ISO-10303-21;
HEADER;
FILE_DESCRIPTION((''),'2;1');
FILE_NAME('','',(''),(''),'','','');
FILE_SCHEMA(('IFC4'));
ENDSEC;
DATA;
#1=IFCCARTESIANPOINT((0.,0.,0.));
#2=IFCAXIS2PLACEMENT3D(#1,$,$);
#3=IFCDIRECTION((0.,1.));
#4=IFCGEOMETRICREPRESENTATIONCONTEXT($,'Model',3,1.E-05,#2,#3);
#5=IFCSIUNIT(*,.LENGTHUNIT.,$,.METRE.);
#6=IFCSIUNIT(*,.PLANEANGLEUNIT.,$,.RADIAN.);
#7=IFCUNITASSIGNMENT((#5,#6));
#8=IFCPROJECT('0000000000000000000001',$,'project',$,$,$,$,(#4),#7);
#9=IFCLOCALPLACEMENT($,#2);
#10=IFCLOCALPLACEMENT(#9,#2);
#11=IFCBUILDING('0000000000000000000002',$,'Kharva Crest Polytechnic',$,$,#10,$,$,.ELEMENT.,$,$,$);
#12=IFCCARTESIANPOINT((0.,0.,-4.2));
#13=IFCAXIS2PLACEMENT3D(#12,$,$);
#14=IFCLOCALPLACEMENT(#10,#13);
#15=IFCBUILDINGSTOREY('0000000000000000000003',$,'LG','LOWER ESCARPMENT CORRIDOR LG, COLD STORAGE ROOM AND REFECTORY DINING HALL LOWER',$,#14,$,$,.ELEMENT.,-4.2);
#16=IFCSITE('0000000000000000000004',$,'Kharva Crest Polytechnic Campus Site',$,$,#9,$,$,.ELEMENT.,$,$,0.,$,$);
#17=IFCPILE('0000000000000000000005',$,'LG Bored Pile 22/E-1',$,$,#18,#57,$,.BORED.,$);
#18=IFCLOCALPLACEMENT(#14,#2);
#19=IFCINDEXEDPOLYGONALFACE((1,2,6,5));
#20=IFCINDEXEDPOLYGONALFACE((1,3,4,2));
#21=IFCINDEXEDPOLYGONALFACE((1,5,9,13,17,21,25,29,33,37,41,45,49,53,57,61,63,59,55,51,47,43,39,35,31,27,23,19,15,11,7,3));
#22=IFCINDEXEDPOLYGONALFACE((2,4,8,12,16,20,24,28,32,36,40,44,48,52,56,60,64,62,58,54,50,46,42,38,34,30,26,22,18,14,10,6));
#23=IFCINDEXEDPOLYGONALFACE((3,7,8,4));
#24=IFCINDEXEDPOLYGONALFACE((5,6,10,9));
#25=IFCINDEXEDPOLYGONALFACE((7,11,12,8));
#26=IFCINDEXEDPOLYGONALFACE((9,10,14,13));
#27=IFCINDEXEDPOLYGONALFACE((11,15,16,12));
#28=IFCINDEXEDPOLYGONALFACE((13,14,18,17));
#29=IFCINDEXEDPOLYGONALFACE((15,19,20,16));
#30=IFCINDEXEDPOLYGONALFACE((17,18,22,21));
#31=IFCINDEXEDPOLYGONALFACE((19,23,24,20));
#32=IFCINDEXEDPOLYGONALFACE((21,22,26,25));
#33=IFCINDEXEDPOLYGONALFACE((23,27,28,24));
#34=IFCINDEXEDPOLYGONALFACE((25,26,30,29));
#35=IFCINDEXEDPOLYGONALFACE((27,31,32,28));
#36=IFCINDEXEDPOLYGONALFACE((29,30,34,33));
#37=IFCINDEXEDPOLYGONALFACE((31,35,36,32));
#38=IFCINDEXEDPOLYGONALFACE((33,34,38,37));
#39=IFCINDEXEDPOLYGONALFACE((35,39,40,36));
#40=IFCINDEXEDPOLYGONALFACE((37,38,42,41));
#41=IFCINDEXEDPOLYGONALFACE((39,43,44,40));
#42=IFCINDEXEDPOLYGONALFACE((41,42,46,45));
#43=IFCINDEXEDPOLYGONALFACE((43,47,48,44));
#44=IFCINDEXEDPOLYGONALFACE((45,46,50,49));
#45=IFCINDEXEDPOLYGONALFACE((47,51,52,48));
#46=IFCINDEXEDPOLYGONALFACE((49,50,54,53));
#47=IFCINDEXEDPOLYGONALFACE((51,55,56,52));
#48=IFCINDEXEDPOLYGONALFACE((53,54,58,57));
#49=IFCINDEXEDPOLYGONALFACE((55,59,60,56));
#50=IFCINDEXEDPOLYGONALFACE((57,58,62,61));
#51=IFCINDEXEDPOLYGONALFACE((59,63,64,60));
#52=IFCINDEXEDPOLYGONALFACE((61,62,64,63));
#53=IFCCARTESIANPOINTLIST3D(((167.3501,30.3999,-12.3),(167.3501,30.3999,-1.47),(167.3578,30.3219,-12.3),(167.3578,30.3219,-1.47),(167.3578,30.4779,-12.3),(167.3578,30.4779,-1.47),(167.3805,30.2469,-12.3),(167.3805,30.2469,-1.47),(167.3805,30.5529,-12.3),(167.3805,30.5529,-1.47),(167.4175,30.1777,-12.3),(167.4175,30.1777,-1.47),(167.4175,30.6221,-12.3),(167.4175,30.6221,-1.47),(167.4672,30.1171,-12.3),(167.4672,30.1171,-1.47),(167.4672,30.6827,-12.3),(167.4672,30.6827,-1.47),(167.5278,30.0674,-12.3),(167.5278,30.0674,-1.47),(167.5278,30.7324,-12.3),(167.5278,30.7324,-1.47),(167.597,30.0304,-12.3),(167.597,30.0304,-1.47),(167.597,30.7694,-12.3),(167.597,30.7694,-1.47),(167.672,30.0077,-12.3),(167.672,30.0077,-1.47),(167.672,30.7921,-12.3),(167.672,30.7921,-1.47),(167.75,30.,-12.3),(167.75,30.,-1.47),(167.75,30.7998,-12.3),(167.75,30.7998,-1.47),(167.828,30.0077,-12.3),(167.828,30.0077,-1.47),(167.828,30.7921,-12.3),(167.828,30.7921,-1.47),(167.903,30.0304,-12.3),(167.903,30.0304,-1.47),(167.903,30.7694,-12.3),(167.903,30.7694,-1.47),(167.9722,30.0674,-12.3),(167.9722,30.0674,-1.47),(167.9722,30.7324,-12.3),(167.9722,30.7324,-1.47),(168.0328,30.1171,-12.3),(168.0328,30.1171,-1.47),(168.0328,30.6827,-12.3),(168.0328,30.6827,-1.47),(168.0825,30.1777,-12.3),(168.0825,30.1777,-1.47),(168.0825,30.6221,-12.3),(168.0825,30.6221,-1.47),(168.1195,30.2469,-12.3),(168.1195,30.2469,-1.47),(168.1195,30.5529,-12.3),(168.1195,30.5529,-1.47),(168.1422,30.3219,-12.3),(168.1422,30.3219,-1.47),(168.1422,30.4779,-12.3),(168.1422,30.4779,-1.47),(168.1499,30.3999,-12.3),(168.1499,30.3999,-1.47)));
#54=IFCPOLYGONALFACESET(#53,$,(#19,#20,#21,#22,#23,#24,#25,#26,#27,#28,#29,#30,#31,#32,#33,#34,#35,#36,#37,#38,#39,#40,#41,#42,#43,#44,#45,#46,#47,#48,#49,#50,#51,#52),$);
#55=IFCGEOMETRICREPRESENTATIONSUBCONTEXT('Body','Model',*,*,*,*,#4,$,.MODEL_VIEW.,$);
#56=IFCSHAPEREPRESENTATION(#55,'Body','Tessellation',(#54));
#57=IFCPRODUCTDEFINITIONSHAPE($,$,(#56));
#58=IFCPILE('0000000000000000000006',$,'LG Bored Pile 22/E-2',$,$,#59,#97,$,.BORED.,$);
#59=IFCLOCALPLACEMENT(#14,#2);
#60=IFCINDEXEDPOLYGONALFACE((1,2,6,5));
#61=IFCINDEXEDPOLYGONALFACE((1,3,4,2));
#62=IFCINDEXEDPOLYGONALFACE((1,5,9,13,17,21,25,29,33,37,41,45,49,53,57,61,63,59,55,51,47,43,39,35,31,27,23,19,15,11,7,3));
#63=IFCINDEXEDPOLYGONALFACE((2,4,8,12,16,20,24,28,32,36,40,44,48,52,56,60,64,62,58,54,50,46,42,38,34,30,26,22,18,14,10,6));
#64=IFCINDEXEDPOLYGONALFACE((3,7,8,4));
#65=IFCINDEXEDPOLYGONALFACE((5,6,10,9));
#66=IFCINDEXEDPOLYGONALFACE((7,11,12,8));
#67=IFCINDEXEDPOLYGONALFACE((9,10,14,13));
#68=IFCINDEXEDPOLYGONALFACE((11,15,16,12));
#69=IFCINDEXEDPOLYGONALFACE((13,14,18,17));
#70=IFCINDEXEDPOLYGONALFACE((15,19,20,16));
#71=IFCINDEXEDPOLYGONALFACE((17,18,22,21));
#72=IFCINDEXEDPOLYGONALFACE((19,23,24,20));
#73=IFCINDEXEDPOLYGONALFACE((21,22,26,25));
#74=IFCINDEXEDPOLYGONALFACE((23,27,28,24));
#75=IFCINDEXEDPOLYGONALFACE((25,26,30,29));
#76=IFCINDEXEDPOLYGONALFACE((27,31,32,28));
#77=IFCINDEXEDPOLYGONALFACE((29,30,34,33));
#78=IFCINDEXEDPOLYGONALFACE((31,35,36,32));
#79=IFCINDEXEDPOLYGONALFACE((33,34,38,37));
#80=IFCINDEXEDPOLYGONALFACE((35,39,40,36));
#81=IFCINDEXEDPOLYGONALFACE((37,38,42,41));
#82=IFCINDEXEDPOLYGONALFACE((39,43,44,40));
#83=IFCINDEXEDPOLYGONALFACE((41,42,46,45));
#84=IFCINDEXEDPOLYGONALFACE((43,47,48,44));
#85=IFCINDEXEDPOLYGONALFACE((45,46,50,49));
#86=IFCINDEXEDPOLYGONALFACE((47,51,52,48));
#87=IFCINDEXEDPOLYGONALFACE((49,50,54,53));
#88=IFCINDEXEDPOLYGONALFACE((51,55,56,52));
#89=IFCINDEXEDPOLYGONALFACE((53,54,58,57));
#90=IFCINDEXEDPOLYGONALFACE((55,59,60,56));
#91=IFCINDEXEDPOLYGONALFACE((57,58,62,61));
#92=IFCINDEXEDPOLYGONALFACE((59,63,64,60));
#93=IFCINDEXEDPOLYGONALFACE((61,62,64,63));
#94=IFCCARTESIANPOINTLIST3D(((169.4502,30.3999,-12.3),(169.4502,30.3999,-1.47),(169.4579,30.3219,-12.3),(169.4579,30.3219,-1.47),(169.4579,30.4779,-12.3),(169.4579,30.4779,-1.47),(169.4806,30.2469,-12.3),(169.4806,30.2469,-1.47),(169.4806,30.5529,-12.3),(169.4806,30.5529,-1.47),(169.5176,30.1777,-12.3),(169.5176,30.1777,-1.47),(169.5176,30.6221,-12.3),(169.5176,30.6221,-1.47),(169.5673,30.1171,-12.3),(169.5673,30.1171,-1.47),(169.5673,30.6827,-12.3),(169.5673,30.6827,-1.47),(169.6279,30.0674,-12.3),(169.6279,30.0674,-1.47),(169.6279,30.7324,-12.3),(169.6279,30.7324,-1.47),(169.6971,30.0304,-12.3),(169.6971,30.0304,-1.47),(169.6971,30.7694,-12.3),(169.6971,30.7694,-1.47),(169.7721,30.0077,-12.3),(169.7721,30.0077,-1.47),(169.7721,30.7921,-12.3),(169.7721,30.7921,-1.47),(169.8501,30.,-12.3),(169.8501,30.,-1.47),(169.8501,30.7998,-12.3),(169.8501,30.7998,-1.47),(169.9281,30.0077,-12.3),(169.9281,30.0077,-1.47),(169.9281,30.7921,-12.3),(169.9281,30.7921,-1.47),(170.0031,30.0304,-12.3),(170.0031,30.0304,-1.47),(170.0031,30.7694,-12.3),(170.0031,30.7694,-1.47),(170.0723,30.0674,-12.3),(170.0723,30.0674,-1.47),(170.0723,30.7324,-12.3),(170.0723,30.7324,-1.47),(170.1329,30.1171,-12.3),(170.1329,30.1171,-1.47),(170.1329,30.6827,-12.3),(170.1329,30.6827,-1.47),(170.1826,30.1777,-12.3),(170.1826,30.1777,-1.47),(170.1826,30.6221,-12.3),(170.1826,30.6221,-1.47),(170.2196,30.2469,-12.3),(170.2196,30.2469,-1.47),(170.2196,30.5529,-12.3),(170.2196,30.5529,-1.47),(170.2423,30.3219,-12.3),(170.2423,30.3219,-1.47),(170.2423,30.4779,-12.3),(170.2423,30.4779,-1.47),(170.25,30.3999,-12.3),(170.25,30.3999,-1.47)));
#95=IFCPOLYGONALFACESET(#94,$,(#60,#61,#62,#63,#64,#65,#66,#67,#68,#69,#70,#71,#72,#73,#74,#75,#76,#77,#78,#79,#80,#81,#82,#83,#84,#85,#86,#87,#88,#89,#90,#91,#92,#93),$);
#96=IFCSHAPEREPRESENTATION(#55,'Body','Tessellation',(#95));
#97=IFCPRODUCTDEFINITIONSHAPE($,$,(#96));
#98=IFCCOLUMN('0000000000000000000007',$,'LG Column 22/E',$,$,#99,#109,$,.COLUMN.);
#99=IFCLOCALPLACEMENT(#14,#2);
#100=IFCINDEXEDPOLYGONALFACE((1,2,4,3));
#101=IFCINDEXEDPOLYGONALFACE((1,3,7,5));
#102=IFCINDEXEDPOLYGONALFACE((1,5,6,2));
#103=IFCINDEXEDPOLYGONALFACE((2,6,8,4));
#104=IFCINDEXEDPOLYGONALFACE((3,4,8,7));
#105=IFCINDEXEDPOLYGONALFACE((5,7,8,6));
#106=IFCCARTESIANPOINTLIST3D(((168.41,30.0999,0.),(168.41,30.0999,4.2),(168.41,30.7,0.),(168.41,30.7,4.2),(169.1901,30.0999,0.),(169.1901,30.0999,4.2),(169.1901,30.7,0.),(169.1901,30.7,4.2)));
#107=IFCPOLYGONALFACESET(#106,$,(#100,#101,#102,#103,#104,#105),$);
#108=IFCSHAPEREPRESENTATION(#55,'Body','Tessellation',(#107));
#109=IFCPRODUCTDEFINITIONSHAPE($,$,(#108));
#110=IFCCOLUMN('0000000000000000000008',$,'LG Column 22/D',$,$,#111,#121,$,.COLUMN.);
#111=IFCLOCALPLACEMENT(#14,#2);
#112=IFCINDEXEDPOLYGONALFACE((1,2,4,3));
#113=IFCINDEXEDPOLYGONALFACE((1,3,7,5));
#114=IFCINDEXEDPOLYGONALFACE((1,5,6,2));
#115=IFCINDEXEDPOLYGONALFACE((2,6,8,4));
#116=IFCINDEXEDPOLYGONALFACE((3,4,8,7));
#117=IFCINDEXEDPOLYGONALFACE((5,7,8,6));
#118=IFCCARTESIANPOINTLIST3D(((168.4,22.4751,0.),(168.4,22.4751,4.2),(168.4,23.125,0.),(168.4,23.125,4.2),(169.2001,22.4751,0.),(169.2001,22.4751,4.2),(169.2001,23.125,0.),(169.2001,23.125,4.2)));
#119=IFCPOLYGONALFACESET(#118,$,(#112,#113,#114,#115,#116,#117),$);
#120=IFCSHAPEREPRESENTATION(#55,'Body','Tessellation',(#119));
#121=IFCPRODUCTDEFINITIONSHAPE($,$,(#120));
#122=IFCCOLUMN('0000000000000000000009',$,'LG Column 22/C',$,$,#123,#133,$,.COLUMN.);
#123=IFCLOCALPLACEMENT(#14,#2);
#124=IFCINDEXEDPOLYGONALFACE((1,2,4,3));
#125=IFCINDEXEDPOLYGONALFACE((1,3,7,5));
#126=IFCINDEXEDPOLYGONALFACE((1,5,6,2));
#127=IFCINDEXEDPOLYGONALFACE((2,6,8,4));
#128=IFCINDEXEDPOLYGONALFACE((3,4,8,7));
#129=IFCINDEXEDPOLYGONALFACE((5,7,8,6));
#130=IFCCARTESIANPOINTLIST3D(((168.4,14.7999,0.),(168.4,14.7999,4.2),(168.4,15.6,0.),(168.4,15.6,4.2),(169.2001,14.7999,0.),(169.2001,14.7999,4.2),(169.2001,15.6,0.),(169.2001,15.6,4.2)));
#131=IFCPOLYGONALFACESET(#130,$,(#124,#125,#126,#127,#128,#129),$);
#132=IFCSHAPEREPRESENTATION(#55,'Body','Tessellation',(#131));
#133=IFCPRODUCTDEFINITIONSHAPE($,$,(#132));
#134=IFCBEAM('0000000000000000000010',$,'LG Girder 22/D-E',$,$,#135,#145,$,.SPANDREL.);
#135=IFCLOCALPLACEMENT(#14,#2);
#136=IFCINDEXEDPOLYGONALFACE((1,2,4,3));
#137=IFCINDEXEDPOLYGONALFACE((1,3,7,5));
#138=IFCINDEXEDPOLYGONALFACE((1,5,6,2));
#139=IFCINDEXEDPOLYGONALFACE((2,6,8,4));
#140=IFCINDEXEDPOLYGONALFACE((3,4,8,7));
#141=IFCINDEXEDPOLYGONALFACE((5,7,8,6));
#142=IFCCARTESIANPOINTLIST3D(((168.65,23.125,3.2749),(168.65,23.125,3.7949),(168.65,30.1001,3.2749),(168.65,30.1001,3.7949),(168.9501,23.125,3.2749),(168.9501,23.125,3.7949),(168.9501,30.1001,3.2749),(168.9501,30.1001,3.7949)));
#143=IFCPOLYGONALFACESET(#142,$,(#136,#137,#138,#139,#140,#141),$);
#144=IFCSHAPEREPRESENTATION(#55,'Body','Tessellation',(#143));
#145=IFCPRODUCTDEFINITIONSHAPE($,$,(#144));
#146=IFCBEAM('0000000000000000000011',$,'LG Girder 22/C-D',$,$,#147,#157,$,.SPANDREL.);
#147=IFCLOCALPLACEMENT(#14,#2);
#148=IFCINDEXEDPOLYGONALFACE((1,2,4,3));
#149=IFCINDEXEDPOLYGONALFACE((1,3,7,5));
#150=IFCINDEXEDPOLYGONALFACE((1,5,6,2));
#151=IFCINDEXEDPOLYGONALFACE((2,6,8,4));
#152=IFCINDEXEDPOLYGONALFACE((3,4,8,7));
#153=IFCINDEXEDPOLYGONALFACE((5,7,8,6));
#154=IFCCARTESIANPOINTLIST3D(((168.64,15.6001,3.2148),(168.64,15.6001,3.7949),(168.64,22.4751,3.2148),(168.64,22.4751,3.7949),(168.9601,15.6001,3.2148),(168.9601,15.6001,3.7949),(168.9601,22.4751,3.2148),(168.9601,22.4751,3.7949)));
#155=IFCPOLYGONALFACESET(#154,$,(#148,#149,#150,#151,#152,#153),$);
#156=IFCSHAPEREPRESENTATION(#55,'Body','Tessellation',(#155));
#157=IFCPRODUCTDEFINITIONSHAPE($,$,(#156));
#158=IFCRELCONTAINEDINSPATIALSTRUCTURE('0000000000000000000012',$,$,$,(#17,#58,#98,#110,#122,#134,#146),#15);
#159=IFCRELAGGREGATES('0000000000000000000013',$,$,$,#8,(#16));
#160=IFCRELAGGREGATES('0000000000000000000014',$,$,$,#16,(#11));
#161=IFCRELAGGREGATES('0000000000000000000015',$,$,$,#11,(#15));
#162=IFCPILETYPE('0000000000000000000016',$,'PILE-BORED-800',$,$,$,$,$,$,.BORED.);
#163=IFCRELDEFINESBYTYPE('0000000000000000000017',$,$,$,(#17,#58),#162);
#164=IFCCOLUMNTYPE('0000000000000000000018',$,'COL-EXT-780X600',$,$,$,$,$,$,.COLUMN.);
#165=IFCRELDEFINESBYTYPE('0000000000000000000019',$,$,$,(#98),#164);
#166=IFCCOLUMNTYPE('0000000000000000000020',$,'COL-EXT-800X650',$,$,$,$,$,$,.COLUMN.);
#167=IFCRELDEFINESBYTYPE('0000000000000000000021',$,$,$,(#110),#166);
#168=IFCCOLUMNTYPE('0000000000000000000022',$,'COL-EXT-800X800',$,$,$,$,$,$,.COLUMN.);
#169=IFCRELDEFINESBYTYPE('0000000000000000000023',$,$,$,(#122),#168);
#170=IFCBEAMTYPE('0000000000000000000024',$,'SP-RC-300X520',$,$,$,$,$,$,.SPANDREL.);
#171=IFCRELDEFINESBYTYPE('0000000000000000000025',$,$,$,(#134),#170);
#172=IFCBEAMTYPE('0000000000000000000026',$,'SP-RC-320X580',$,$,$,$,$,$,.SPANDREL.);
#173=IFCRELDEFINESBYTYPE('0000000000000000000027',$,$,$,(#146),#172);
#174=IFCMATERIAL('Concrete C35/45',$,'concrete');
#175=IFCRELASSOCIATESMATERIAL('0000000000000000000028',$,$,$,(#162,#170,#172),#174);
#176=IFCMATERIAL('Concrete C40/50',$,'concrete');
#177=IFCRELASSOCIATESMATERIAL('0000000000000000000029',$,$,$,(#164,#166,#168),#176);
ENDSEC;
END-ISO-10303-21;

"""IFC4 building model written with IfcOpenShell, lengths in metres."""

from ifc_helpers import new_model, si_unit, direction, frame, origin, origin_2d, place, context, subcontext, project, spatial, rectangle, circle, extrude, material, material_profile, profile_set, type_object, element, save


model = new_model("IFC4")

# Units and contexts
model_context = context("Model", 3, precision=1e-05, world=origin(), true_north=direction((0.0, 1.0)))
body_context = subcontext(model_context, "Body", "Model", "MODEL_VIEW")
ifc_project = project(units=[si_unit("LENGTHUNIT", "METRE"), si_unit("PLANEANGLEUNIT", "RADIAN")], contexts=[model_context])

# Site, building, storey
site_placement = place(None, origin())
site = spatial("IfcSite", under=ifc_project, at=site_placement, Name="Kharva Crest Polytechnic Campus Site", CompositionType="ELEMENT", RefElevation=0.0)
building_placement = place(site_placement, origin())
building = spatial("IfcBuilding", under=site, at=building_placement, Name="Kharva Crest Polytechnic", CompositionType="ELEMENT")
storey_placement = place(building_placement, frame((0.0, 0.0, -4.2)))
storey = spatial("IfcBuildingStorey", under=building, at=storey_placement, Name="LG", Description="LOWER ESCARPMENT CORRIDOR LG, COLD STORAGE ROOM AND REFECTORY DINING HALL LOWER", CompositionType="ELEMENT", Elevation=-4.2)

# Shared definitions
ifc_material_1 = material(Name="Concrete C35/45", Category="concrete")

# Piles
ifc_material_profile_1 = material_profile(ifc_material_1, circle(Radius=0.3999, at=origin_2d()), Name="DIA 800")
ifc_profile_set_1 = profile_set([ifc_material_profile_1], Name="Concrete C35/45")
pile_type = type_object("IfcPileType", Name="PILE-BORED-800", PredefinedType="BORED", material=ifc_profile_set_1)
for number, where, z_axis, x_axis, name in (
    (1, (167.75, 30.3999, -1.47), (0.0, 0.0, -1.0), (1.0, 0.0, 0.0), "LG Bored Pile 22/E-1"),
    (2, (169.8501, 30.3999, -1.47), (0.0, 0.0, -1.0), (1.0, 0.0, 0.0), "LG Bored Pile 22/E-2"),
):
    element("IfcPile", number, at=place(storey_placement, frame(where, z_axis=z_axis, x_axis=x_axis)), inside=storey, type_object=pile_type, Name=name, PredefinedType="BORED", context=body_context, shape_type="SweptSolid", body=[
        extrude(circle(Radius=0.3999, at=origin_2d()), origin(), (0.0, 0.0, 1.0), 10.8301),
    ])

# Columns
ifc_material_2 = material(Name="Concrete C40/50", Category="concrete")
ifc_material_profile_2 = material_profile(ifc_material_2, rectangle(XDim=0.78, YDim=0.6001, at=origin_2d()), Name="RECT 780 X 600")
ifc_profile_set_2 = profile_set([ifc_material_profile_2], Name="Concrete C40/50")
column_type_1 = type_object("IfcColumnType", Name="COL-EXT-780X600", PredefinedType="COLUMN", material=ifc_profile_set_2)
column_1_placement = place(storey_placement, frame((168.8, 30.3999, 0.0), z_axis=(0.0, 0.0, 1.0), x_axis=(1.0, 0.0, 0.0)))
element("IfcColumn", 3, at=column_1_placement, inside=storey, type_object=column_type_1, Name="LG Column 22/E", PredefinedType="COLUMN", context=body_context, shape_type="SweptSolid", body=[
    extrude(rectangle(XDim=0.78, YDim=0.6001, at=origin_2d()), origin(), (0.0, 0.0, 1.0), 4.2),
])
ifc_material_profile_3 = material_profile(ifc_material_2, rectangle(XDim=0.8, YDim=0.6499, at=origin_2d()), Name="RECT 800 X 650")
ifc_profile_set_3 = profile_set([ifc_material_profile_3], Name="Concrete C40/50")
column_type_2 = type_object("IfcColumnType", Name="COL-EXT-800X650", PredefinedType="COLUMN", material=ifc_profile_set_3)
column_2_placement = place(storey_placement, frame((168.8, 22.8, 0.0), z_axis=(0.0, 0.0, 1.0), x_axis=(1.0, 0.0, 0.0)))
element("IfcColumn", 4, at=column_2_placement, inside=storey, type_object=column_type_2, Name="LG Column 22/D", PredefinedType="COLUMN", context=body_context, shape_type="SweptSolid", body=[
    extrude(rectangle(XDim=0.8, YDim=0.6499, at=origin_2d()), origin(), (0.0, 0.0, 1.0), 4.2),
])
ifc_material_profile_4 = material_profile(ifc_material_2, rectangle(XDim=0.8, YDim=0.8, at=origin_2d()), Name="RECT 800 X 800")
ifc_profile_set_4 = profile_set([ifc_material_profile_4], Name="Concrete C40/50")
column_type_3 = type_object("IfcColumnType", Name="COL-EXT-800X800", PredefinedType="COLUMN", material=ifc_profile_set_4)
column_3_placement = place(storey_placement, frame((168.8, 15.2, 0.0), z_axis=(0.0, 0.0, 1.0), x_axis=(1.0, 0.0, 0.0)))
element("IfcColumn", 5, at=column_3_placement, inside=storey, type_object=column_type_3, Name="LG Column 22/C", PredefinedType="COLUMN", context=body_context, shape_type="SweptSolid", body=[
    extrude(rectangle(XDim=0.8, YDim=0.8, at=origin_2d()), origin(), (0.0, 0.0, 1.0), 4.2),
])

# Beams
ifc_material_profile_5 = material_profile(ifc_material_1, rectangle(XDim=0.3, YDim=0.52, at=origin_2d()), Name="RECT 300 X 520")
ifc_profile_set_5 = profile_set([ifc_material_profile_5], Name="Concrete C35/45")
beam_type_1 = type_object("IfcBeamType", Name="SP-RC-300X520", PredefinedType="SPANDREL", material=ifc_profile_set_5)
beam_1_placement = place(storey_placement, frame((168.8, 23.125, 3.5349), z_axis=(0.0, 1.0, 0.0), x_axis=(-1.0, 0.0, 0.0)))
element("IfcBeam", 6, at=beam_1_placement, inside=storey, type_object=beam_type_1, Name="LG Girder 22/D-E", PredefinedType="SPANDREL", context=body_context, shape_type="SweptSolid", body=[
    extrude(rectangle(XDim=0.3, YDim=0.52, at=origin_2d()), origin(), (0.0, 0.0, 1.0), 6.9751),
])
ifc_material_profile_6 = material_profile(ifc_material_1, rectangle(XDim=0.3201, YDim=0.5801, at=origin_2d()), Name="RECT 320 X 580")
ifc_profile_set_6 = profile_set([ifc_material_profile_6], Name="Concrete C35/45")
beam_type_2 = type_object("IfcBeamType", Name="SP-RC-320X580", PredefinedType="SPANDREL", material=ifc_profile_set_6)
beam_2_placement = place(storey_placement, frame((168.8, 15.6001, 3.5049), z_axis=(0.0, 1.0, 0.0), x_axis=(-1.0, 0.0, 0.0)))
element("IfcBeam", 7, at=beam_2_placement, inside=storey, type_object=beam_type_2, Name="LG Girder 22/C-D", PredefinedType="SPANDREL", context=body_context, shape_type="SweptSolid", body=[
    extrude(rectangle(XDim=0.3201, YDim=0.5801, at=origin_2d()), origin(), (0.0, 0.0, 1.0), 6.875),
])

save(model, "model.ifc")
